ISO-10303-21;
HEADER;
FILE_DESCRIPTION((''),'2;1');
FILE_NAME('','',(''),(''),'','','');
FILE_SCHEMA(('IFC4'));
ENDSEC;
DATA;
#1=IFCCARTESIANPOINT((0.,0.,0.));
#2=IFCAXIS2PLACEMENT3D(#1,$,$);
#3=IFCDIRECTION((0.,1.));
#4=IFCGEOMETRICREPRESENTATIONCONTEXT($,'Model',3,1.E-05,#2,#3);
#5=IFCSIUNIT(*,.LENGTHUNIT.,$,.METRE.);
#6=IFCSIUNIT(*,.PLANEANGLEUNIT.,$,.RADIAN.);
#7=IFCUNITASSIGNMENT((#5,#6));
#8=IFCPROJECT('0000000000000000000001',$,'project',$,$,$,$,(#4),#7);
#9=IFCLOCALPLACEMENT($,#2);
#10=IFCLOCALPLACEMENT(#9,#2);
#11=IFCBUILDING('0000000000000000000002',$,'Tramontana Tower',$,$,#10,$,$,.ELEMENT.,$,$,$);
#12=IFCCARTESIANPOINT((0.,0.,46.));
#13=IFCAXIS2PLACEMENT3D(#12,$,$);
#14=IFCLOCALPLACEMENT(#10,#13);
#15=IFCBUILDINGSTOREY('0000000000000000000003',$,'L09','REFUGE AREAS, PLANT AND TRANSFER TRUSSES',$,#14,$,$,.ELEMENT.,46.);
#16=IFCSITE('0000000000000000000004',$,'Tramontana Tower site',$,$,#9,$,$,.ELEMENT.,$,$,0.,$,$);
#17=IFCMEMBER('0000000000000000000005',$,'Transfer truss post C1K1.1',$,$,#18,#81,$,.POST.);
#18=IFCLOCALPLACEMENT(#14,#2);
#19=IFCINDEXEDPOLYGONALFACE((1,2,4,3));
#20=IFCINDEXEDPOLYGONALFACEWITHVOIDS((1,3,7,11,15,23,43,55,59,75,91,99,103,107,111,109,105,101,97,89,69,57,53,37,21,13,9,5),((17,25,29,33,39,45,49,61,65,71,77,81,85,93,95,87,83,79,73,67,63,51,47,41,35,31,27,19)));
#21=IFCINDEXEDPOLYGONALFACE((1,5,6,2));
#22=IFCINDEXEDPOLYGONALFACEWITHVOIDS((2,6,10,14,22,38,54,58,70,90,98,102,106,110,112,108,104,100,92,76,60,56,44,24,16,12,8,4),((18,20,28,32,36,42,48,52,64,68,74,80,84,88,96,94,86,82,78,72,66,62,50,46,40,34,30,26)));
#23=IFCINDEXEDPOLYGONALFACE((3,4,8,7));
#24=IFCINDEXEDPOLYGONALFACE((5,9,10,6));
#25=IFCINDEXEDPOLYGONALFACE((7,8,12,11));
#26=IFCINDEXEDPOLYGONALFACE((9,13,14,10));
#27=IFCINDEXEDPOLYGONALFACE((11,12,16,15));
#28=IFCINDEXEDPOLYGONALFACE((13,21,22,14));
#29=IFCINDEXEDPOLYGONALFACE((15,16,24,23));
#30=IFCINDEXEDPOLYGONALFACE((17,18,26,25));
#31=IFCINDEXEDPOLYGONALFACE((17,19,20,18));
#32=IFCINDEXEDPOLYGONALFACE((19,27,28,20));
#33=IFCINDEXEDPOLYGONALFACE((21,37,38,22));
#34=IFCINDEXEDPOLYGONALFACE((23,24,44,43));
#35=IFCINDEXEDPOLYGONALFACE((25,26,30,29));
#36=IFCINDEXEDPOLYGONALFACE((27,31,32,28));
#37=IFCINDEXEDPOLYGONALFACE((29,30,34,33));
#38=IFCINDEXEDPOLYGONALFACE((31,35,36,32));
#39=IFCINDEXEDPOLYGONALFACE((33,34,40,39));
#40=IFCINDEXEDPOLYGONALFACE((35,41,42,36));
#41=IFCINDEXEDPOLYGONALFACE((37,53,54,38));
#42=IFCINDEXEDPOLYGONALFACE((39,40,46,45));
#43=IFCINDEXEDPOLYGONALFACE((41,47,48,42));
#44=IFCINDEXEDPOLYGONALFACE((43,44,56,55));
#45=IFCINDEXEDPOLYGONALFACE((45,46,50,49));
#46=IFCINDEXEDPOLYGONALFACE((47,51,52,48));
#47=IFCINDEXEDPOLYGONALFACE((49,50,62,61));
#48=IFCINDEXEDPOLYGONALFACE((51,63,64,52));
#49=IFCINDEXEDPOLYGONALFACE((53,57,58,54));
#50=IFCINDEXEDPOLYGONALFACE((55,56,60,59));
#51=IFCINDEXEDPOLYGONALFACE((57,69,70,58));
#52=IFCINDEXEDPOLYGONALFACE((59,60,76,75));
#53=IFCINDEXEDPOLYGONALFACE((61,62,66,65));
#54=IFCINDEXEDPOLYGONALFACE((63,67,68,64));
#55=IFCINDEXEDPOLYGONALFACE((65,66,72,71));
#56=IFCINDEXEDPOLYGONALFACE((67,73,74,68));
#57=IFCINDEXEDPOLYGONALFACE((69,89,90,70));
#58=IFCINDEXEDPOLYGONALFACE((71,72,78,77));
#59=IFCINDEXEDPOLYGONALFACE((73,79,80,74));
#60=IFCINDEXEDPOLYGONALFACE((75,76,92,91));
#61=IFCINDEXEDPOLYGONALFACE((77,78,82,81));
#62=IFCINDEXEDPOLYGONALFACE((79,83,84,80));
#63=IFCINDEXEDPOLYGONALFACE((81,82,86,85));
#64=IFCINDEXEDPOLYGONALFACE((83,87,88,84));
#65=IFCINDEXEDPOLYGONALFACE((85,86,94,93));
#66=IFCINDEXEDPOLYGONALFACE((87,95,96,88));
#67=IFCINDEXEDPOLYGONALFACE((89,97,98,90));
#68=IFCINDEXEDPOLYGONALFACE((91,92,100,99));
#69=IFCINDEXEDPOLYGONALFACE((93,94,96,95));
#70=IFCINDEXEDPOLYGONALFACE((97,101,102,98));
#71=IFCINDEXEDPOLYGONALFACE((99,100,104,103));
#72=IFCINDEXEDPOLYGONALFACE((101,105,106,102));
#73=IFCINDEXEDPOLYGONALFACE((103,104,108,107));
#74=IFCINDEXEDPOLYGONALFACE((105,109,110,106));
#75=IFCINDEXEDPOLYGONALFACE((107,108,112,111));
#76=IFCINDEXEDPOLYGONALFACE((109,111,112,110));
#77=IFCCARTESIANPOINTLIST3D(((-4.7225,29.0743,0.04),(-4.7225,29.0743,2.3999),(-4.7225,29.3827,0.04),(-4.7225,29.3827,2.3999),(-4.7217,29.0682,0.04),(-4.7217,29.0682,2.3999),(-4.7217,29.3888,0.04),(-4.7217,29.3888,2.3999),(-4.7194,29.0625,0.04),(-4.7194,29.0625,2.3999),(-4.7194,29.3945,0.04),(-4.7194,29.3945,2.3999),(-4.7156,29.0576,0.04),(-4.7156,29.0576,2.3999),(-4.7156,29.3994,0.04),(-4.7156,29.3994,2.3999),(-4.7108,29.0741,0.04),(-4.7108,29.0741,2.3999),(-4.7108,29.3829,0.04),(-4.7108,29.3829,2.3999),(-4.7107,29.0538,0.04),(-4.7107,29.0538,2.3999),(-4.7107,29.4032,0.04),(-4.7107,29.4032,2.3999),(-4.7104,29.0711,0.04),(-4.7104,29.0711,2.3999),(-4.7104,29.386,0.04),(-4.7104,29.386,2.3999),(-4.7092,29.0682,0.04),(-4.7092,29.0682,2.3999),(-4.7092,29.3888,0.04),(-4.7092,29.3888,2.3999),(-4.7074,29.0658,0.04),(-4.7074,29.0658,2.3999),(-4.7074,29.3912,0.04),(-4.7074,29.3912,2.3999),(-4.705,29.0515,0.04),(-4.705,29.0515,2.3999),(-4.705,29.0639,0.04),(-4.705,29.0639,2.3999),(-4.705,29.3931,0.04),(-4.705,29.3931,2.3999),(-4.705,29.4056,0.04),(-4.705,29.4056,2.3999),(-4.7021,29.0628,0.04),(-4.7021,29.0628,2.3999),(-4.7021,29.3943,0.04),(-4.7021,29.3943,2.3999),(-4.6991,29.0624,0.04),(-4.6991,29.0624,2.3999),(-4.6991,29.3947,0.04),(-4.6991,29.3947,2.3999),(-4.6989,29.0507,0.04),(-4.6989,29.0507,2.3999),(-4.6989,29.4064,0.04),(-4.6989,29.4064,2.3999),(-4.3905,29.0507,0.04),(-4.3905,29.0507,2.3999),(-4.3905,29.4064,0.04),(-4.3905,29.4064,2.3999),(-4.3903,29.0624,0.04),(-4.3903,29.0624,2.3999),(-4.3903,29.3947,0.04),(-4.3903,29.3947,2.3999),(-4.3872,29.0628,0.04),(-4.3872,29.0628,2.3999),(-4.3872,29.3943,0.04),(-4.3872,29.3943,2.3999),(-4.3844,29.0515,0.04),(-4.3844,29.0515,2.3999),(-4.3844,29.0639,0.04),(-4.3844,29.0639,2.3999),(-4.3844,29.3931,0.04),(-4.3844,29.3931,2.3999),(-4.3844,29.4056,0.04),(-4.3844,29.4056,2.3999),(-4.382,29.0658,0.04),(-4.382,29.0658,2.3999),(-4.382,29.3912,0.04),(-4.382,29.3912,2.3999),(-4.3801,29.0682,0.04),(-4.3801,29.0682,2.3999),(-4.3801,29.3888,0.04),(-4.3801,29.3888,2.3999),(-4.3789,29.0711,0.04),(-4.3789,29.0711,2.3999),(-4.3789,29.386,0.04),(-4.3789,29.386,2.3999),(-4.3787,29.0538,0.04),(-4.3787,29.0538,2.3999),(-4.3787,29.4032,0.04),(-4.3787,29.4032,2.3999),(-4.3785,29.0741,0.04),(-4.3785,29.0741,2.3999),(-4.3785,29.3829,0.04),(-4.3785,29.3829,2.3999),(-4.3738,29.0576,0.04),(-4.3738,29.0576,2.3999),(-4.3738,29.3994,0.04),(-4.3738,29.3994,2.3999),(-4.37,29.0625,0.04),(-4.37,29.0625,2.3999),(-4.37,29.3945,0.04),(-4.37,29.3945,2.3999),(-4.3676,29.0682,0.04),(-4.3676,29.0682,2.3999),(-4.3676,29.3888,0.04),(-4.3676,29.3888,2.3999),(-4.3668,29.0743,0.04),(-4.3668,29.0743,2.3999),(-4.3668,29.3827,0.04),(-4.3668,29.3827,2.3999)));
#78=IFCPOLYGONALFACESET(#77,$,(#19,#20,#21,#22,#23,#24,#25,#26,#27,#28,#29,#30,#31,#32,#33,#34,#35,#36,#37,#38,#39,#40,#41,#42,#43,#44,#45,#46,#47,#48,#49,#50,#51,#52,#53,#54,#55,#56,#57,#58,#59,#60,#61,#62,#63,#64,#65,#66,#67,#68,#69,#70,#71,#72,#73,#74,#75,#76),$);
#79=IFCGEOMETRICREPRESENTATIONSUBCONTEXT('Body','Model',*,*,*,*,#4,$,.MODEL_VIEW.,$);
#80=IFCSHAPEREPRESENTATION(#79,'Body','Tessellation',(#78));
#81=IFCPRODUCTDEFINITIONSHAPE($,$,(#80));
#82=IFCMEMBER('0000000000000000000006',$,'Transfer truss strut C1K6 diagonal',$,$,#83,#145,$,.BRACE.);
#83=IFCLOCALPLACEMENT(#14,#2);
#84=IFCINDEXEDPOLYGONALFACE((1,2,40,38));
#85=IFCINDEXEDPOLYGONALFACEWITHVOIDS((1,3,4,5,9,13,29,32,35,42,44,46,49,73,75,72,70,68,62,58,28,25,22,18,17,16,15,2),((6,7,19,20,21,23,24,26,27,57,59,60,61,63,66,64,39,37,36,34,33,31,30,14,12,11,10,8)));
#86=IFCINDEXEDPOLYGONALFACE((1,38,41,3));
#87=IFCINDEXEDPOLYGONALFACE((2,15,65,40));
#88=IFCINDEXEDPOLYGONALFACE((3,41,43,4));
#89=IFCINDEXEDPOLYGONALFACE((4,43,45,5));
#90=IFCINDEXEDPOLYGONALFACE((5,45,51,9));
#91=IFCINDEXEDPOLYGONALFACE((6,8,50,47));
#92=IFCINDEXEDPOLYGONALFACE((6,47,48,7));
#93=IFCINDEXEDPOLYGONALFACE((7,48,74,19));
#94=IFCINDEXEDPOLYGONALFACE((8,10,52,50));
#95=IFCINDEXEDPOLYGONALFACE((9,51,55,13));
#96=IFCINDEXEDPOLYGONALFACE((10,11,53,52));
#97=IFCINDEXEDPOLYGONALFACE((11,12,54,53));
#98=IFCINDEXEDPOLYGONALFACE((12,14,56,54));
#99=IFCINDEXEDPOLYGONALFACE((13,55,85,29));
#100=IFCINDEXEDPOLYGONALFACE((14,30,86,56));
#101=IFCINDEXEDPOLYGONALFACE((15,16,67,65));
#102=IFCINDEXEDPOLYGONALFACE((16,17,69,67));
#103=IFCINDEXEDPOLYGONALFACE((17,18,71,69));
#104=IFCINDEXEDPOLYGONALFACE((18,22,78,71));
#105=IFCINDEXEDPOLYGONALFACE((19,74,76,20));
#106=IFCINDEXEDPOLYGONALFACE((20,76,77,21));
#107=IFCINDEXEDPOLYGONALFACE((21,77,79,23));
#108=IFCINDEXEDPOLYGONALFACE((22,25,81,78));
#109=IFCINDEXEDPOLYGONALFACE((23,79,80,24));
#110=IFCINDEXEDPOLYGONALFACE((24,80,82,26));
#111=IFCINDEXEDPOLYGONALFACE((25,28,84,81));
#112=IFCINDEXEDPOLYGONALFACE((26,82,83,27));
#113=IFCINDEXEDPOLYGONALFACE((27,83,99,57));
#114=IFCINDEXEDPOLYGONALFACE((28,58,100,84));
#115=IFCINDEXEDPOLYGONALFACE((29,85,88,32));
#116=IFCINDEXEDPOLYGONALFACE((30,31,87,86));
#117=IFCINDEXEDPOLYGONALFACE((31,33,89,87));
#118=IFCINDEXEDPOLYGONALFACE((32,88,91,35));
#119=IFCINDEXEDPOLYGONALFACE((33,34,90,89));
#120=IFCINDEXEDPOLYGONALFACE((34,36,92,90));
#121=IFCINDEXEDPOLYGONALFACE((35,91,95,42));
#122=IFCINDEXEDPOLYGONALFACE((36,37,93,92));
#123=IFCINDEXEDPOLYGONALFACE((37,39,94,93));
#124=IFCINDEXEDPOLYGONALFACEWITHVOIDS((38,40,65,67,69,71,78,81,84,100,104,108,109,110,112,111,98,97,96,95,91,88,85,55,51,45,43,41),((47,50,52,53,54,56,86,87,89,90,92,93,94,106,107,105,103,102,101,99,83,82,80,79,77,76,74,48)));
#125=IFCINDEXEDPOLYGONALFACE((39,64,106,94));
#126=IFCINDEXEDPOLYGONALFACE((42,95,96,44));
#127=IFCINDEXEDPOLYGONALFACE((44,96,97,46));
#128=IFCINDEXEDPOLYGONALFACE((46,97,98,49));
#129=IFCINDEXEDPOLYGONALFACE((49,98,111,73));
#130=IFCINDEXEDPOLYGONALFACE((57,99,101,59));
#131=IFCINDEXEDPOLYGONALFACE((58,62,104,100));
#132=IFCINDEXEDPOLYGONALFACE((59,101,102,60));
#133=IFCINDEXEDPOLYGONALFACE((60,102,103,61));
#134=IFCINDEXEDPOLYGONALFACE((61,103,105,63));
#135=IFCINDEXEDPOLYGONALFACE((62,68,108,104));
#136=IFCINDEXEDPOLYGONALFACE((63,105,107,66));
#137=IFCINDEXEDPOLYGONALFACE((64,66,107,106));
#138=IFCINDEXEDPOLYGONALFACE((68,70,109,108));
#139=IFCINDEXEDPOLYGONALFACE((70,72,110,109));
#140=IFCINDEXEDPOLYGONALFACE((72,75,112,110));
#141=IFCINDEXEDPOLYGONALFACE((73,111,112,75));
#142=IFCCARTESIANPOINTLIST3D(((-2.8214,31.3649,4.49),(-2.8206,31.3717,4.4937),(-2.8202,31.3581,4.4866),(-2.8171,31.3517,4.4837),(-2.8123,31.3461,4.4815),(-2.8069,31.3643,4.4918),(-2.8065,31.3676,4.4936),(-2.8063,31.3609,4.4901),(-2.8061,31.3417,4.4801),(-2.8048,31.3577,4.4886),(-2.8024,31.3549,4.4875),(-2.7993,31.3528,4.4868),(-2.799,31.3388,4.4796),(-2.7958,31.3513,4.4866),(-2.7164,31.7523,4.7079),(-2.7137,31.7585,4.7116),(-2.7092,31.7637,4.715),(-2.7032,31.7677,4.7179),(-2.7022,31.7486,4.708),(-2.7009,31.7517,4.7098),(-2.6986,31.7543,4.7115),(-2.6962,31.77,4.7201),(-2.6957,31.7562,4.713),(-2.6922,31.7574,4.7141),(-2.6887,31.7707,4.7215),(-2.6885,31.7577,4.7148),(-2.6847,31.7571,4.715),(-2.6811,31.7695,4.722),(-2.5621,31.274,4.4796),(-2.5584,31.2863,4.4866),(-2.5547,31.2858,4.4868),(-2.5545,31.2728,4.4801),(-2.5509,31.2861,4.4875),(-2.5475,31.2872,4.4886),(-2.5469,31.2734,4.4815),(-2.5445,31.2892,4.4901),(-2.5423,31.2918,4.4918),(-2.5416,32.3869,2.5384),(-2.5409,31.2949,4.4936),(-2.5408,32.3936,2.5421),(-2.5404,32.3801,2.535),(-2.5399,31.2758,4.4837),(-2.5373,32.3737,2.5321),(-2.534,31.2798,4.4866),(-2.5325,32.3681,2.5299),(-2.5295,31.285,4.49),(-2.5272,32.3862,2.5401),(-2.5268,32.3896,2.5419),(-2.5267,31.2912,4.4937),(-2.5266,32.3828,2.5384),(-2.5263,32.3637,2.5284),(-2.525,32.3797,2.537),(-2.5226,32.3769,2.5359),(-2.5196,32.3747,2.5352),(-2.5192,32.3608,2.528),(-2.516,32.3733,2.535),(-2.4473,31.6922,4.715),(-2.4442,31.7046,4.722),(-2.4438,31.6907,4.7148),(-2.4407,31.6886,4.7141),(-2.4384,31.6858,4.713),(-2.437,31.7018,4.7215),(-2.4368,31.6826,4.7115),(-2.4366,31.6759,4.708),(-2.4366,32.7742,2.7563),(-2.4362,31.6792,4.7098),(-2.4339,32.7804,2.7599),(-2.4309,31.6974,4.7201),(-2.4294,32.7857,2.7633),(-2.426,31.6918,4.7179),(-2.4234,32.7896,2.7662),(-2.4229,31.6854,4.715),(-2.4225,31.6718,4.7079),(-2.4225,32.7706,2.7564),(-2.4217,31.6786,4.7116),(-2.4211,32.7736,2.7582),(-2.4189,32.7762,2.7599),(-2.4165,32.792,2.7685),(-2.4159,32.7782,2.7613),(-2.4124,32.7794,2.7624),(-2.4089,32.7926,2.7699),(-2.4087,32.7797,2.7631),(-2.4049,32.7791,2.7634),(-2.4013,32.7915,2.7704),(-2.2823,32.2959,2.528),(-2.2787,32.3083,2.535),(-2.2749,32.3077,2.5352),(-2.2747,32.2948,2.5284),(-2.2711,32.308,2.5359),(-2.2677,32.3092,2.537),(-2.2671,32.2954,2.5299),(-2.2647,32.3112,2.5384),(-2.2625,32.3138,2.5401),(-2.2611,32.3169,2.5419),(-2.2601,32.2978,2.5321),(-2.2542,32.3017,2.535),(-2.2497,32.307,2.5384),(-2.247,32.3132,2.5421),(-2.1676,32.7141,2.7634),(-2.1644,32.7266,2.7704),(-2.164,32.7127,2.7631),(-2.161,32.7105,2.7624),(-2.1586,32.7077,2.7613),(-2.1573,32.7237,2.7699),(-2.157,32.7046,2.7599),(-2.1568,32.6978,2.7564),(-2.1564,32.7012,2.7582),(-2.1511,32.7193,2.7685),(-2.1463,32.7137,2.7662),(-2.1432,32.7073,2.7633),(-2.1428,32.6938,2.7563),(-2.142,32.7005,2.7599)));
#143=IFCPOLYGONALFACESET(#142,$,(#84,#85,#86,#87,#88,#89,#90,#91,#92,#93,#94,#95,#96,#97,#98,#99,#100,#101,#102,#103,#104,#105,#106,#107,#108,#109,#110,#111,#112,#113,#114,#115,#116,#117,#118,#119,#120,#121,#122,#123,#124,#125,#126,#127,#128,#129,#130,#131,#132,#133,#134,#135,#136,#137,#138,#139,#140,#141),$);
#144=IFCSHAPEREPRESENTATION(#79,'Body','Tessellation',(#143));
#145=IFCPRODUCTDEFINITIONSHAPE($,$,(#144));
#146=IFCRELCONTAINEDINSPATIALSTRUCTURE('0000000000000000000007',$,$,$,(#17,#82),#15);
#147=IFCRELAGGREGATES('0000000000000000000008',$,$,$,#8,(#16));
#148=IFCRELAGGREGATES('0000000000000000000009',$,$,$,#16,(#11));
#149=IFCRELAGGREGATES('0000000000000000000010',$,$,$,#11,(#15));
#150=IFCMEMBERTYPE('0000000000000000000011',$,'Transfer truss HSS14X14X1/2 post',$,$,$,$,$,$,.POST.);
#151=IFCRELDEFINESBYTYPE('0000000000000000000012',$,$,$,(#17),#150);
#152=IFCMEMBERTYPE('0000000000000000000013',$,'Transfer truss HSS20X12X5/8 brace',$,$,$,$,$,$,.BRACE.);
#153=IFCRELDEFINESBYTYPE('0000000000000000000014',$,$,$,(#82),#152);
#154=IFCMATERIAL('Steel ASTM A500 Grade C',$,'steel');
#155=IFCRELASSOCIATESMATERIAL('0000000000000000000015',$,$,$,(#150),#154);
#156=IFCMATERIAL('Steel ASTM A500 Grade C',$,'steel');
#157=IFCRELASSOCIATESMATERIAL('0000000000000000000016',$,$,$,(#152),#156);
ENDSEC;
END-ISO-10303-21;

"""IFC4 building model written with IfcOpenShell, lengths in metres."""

from ifc_helpers import new_model, si_unit, direction, frame, origin, origin_2d, place, context, subcontext, project, spatial, hollow_rectangle, extrude, material, material_profile, profile_set, type_object, element, save


model = new_model("IFC4")

# Units and contexts
model_context = context("Model", 3, precision=1e-05, world=origin(), true_north=direction((0.0, 1.0)))
body_context = subcontext(model_context, "Body", "Model", "MODEL_VIEW")
ifc_project = project(units=[si_unit("LENGTHUNIT", "METRE"), si_unit("PLANEANGLEUNIT", "RADIAN")], contexts=[model_context])

# Site, building, storey
site_placement = place(None, origin())
site = spatial("IfcSite", under=ifc_project, at=site_placement, Name="Tramontana Tower site", CompositionType="ELEMENT", RefElevation=0.0)
building_placement = place(site_placement, origin())
building = spatial("IfcBuilding", under=site, at=building_placement, Name="Tramontana Tower", CompositionType="ELEMENT")
storey_placement = place(building_placement, frame((0.0, 0.0, 46.0)))
storey = spatial("IfcBuildingStorey", under=building, at=storey_placement, Name="L09", Description="REFUGE AREAS, PLANT AND TRANSFER TRUSSES", CompositionType="ELEMENT", Elevation=46.0)

# Members
ifc_material_1 = material(Name="Steel ASTM A500 Grade C", Category="steel")
ifc_material_profile_1 = material_profile(ifc_material_1, hollow_rectangle(XDim=0.3557, YDim=0.3557, WallThickness=0.0117, InnerFilletRadius=0.0117, OuterFilletRadius=0.0237, at=origin_2d()), Name="HSS14X14X1/2")
ifc_profile_set_1 = profile_set([ifc_material_profile_1], Name="Steel ASTM A500 Grade C")
member_type_1 = type_object("IfcMemberType", Name="Transfer truss HSS14X14X1/2 post", PredefinedType="POST", material=ifc_profile_set_1)
member_1_placement = place(storey_placement, frame((-4.5447, 29.2285, 0.04), z_axis=(0.0, 0.0, 1.0), x_axis=(1.0, 0.0, 0.0)))
element("IfcMember", 1, at=member_1_placement, inside=storey, type_object=member_type_1, Name="Transfer truss post C1K1.1", PredefinedType="POST", context=body_context, shape_type="SweptSolid", body=[
    extrude(hollow_rectangle(XDim=0.3557, YDim=0.3557, WallThickness=0.0117, InnerFilletRadius=0.0117, OuterFilletRadius=0.0237, at=origin_2d()), origin(), (0.0, 0.0, 1.0), 2.3599),
])
ifc_material_2 = material(Name="Steel ASTM A500 Grade C", Category="steel")
ifc_material_profile_2 = material_profile(ifc_material_2, hollow_rectangle(XDim=0.3047, YDim=0.5081, WallThickness=0.0146, InnerFilletRadius=0.0146, OuterFilletRadius=0.0295, at=origin_2d()), Name="HSS20X12X5/8")
ifc_profile_set_2 = profile_set([ifc_material_profile_2], Name="Steel ASTM A500 Grade C")
member_type_2 = type_object("IfcMemberType", Name="Transfer truss HSS20X12X5/8 brace", PredefinedType="BRACE", material=ifc_profile_set_2)
member_2_placement = place(storey_placement, frame((-2.3418, 32.5437, 2.6492), z_axis=(-0.125987, -0.460195, 0.878833), x_axis=(0.964508, -0.264053, 0.0)))
element("IfcMember", 2, at=member_2_placement, inside=storey, type_object=member_type_2, Name="Transfer truss strut C1K6 diagonal", PredefinedType="BRACE", context=body_context, shape_type="SweptSolid", body=[
    extrude(hollow_rectangle(XDim=0.3047, YDim=0.5081, WallThickness=0.0146, InnerFilletRadius=0.0146, OuterFilletRadius=0.0295, at=origin_2d()), origin(), (0.0, 0.0, 1.0), 2.2207),
])

save(model, "model.ifc")
